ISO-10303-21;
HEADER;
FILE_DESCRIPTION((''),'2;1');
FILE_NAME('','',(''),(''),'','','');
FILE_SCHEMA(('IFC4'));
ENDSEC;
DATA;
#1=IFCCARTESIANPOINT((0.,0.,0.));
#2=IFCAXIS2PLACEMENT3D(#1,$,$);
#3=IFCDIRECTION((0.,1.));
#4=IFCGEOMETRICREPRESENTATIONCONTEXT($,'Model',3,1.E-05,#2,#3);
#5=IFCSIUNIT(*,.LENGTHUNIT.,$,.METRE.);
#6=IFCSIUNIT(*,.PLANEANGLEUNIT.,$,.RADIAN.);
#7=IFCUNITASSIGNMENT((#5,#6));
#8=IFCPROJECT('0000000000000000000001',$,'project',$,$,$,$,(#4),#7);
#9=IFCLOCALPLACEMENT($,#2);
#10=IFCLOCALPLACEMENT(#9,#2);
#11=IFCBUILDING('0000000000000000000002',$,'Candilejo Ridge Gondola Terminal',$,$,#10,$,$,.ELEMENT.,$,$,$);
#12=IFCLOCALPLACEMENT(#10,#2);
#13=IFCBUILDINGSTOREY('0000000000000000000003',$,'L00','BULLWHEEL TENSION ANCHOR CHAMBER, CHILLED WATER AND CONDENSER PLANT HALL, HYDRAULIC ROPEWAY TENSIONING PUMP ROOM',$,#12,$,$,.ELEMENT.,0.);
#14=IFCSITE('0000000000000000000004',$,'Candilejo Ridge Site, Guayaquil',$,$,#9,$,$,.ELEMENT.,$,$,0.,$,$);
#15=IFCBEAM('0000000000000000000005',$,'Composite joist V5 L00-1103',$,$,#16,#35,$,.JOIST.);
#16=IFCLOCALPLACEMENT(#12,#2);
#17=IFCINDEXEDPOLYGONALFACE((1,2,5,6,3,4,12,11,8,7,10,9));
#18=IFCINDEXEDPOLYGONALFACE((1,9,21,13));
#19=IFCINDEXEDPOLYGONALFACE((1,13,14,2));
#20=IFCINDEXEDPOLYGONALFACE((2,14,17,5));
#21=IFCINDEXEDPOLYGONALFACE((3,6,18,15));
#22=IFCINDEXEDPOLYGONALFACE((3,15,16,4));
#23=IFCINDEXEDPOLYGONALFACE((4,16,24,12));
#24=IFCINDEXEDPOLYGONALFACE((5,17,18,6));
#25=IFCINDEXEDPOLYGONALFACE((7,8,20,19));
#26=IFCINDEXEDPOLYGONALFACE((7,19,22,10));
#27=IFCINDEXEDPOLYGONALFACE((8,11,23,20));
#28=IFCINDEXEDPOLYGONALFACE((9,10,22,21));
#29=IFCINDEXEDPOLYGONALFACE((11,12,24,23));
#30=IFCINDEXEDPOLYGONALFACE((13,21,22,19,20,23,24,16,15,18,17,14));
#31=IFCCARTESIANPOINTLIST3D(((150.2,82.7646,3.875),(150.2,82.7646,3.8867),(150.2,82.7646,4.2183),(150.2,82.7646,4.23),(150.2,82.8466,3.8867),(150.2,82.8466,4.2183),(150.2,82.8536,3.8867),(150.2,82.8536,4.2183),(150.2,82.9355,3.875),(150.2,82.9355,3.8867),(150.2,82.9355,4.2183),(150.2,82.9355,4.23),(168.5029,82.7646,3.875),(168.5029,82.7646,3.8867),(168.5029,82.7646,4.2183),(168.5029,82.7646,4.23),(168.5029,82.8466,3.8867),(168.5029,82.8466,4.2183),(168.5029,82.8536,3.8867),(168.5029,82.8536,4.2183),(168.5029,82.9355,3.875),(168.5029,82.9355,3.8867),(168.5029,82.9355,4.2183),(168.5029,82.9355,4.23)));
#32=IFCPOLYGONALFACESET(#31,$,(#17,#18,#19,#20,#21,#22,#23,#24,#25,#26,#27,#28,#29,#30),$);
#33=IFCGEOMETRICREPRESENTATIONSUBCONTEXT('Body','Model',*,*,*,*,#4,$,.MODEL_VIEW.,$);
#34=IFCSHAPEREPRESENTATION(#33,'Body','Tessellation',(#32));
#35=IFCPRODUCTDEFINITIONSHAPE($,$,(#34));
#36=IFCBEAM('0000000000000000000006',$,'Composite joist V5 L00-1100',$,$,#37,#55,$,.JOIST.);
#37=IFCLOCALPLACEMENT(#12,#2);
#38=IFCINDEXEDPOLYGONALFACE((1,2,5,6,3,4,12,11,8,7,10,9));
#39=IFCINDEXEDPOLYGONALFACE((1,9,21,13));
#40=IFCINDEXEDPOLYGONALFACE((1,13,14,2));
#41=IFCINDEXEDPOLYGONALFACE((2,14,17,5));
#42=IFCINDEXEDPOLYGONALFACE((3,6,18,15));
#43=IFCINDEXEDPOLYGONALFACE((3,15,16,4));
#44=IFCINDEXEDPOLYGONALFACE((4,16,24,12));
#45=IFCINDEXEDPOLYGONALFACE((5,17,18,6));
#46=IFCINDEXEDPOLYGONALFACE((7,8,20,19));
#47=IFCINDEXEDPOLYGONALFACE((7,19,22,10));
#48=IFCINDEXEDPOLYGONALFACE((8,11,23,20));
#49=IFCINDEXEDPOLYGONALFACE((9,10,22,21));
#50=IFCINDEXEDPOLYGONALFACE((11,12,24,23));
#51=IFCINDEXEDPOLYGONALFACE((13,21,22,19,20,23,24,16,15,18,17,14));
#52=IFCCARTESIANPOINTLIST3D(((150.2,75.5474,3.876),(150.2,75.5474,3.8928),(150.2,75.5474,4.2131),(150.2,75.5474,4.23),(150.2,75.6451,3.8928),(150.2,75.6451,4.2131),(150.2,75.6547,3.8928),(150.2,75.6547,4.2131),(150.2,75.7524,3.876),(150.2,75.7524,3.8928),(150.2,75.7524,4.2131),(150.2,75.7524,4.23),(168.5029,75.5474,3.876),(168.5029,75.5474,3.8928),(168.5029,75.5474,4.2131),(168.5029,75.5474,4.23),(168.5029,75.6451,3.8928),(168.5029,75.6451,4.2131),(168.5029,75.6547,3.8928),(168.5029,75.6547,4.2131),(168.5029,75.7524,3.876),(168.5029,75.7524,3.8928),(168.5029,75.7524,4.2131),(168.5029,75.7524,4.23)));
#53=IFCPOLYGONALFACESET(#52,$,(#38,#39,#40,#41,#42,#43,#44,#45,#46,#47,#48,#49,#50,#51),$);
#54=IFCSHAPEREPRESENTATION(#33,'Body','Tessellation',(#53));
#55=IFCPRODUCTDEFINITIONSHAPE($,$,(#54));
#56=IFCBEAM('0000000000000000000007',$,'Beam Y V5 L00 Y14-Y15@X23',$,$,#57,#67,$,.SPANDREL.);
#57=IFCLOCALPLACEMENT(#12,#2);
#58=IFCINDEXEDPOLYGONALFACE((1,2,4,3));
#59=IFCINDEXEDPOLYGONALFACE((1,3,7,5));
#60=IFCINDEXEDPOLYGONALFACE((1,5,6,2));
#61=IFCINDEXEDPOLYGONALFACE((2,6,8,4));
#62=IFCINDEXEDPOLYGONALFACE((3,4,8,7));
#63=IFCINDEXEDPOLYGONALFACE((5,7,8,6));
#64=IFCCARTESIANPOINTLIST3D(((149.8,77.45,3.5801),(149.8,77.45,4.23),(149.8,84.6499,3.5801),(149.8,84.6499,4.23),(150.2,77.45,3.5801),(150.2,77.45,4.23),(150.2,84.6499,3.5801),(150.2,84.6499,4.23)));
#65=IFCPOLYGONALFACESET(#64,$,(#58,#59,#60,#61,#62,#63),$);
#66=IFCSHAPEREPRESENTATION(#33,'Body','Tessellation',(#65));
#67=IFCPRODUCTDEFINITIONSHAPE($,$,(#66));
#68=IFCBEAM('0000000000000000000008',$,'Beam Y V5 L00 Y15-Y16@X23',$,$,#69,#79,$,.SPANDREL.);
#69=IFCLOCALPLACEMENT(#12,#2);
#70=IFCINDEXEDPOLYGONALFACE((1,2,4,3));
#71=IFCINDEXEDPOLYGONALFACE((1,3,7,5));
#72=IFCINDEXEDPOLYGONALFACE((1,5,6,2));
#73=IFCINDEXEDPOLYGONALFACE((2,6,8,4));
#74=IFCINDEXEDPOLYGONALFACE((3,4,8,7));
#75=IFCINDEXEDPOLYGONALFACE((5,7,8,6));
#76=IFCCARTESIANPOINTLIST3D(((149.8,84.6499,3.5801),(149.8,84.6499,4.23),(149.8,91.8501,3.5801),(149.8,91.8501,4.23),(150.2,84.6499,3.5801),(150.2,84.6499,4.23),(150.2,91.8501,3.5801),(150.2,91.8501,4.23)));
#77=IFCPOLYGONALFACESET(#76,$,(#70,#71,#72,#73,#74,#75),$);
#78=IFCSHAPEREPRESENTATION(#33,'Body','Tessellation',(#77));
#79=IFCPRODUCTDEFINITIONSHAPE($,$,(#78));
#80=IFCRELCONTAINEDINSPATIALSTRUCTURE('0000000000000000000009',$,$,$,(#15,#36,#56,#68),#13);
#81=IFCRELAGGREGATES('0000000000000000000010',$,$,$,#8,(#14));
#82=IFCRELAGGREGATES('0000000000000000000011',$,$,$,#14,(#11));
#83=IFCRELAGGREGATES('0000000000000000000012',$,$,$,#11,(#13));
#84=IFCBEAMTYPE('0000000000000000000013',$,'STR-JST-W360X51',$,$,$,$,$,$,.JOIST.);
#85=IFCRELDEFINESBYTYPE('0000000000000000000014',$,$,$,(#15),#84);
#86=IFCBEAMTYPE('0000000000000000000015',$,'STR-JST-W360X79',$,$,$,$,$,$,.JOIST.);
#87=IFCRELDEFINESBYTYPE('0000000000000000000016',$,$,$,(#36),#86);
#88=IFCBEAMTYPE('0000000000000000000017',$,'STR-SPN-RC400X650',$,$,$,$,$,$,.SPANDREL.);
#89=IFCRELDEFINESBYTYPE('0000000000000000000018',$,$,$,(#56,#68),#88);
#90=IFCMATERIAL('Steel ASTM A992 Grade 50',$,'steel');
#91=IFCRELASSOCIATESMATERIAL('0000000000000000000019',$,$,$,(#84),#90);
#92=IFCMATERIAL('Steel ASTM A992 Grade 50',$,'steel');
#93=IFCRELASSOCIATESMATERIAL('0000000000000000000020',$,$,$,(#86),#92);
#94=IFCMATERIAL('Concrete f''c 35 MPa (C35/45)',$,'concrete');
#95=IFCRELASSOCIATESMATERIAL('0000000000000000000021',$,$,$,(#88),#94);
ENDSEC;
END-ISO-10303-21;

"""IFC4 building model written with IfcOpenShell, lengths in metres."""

from ifc_helpers import new_model, si_unit, direction, frame, origin, origin_2d, place, context, subcontext, project, spatial, rectangle, i_section, extrude, material, material_profile, profile_set, type_object, element, save


model = new_model("IFC4")

# Units and contexts
model_context = context("Model", 3, precision=1e-05, world=origin(), true_north=direction((0.0, 1.0)))
body_context = subcontext(model_context, "Body", "Model", "MODEL_VIEW")
ifc_project = project(units=[si_unit("LENGTHUNIT", "METRE"), si_unit("PLANEANGLEUNIT", "RADIAN")], contexts=[model_context])

# Site, building, storey
site_placement = place(None, origin())
site = spatial("IfcSite", under=ifc_project, at=site_placement, Name="Candilejo Ridge Site, Guayaquil", CompositionType="ELEMENT", RefElevation=0.0)
building_placement = place(site_placement, origin())
building = spatial("IfcBuilding", under=site, at=building_placement, Name="Candilejo Ridge Gondola Terminal", CompositionType="ELEMENT")
storey_placement = place(building_placement, origin())
storey = spatial("IfcBuildingStorey", under=building, at=storey_placement, Name="L00", Description="BULLWHEEL TENSION ANCHOR CHAMBER, CHILLED WATER AND CONDENSER PLANT HALL, HYDRAULIC ROPEWAY TENSIONING PUMP ROOM", CompositionType="ELEMENT", Elevation=0.0)

# Beams
ifc_material_1 = material(Name="Steel ASTM A992 Grade 50", Category="steel")
ifc_material_profile_1 = material_profile(ifc_material_1, i_section(OverallWidth=0.1709, OverallDepth=0.355, WebThickness=0.0071, FlangeThickness=0.0117, at=origin_2d()))
ifc_profile_set_1 = profile_set([ifc_material_profile_1], Name="Steel ASTM A992 Grade 50")
beam_type_1 = type_object("IfcBeamType", Name="STR-JST-W360X51", PredefinedType="JOIST", material=ifc_profile_set_1)
for number, where, z_axis, x_axis, name in (
    (1, (150.2, 82.8501, 4.0525), (1.0, 0.0, 0.0), (0.0, 1.0, 0.0), "Composite joist V5 L00-1103"),
):
    element("IfcBeam", number, at=place(storey_placement, frame(where, z_axis=z_axis, x_axis=x_axis)), inside=storey, type_object=beam_type_1, Name=name, PredefinedType="JOIST", context=body_context, shape_type="SweptSolid", body=[
        extrude(i_section(OverallWidth=0.1709, OverallDepth=0.355, WebThickness=0.0071, FlangeThickness=0.0117, at=origin_2d()), origin(), (0.0, 0.0, 1.0), 18.303),
    ])
ifc_material_2 = material(Name="Steel ASTM A992 Grade 50", Category="steel")
ifc_material_profile_2 = material_profile(ifc_material_2, i_section(OverallWidth=0.2051, OverallDepth=0.354, WebThickness=0.0095, FlangeThickness=0.0168, at=origin_2d()))
ifc_profile_set_2 = profile_set([ifc_material_profile_2], Name="Steel ASTM A992 Grade 50")
beam_type_2 = type_object("IfcBeamType", Name="STR-JST-W360X79", PredefinedType="JOIST", material=ifc_profile_set_2)
beam_1_placement = place(storey_placement, frame((150.2, 75.6499, 4.053), z_axis=(1.0, 0.0, 0.0), x_axis=(0.0, 1.0, 0.0)))
element("IfcBeam", 2, at=beam_1_placement, inside=storey, type_object=beam_type_2, Name="Composite joist V5 L00-1100", PredefinedType="JOIST", context=body_context, shape_type="SweptSolid", body=[
    extrude(i_section(OverallWidth=0.2051, OverallDepth=0.354, WebThickness=0.0095, FlangeThickness=0.0168, at=origin_2d()), origin(), (0.0, 0.0, 1.0), 18.303),
])
ifc_material_3 = material(Name="Concrete f'c 35 MPa (C35/45)", Category="concrete")
ifc_material_profile_3 = material_profile(ifc_material_3, rectangle(XDim=0.3999, YDim=0.6499, at=origin_2d()))
ifc_profile_set_3 = profile_set([ifc_material_profile_3], Name="Concrete f'c 35 MPa (C35/45)")
beam_type_3 = type_object("IfcBeamType", Name="STR-SPN-RC400X650", PredefinedType="SPANDREL", material=ifc_profile_set_3)
beam_2_placement = place(storey_placement, frame((150.0, 77.45, 3.905), z_axis=(0.0, 1.0, 0.0), x_axis=(-1.0, 0.0, 0.0)))
element("IfcBeam", 3, at=beam_2_placement, inside=storey, type_object=beam_type_3, Name="Beam Y V5 L00 Y14-Y15@X23", PredefinedType="SPANDREL", context=body_context, shape_type="SweptSolid", body=[
    extrude(rectangle(XDim=0.3999, YDim=0.6499, at=origin_2d()), origin(), (0.0, 0.0, 1.0), 7.2),
])
beam_3_placement = place(storey_placement, frame((150.0, 84.6499, 3.905), z_axis=(0.0, 1.0, 0.0), x_axis=(-1.0, 0.0, 0.0)))
element("IfcBeam", 4, at=beam_3_placement, inside=storey, type_object=beam_type_3, Name="Beam Y V5 L00 Y15-Y16@X23", PredefinedType="SPANDREL", context=body_context, shape_type="SweptSolid", body=[
    extrude(rectangle(XDim=0.3999, YDim=0.6499, at=origin_2d()), origin(), (0.0, 0.0, 1.0), 7.2002),
])

save(model, "model.ifc")
